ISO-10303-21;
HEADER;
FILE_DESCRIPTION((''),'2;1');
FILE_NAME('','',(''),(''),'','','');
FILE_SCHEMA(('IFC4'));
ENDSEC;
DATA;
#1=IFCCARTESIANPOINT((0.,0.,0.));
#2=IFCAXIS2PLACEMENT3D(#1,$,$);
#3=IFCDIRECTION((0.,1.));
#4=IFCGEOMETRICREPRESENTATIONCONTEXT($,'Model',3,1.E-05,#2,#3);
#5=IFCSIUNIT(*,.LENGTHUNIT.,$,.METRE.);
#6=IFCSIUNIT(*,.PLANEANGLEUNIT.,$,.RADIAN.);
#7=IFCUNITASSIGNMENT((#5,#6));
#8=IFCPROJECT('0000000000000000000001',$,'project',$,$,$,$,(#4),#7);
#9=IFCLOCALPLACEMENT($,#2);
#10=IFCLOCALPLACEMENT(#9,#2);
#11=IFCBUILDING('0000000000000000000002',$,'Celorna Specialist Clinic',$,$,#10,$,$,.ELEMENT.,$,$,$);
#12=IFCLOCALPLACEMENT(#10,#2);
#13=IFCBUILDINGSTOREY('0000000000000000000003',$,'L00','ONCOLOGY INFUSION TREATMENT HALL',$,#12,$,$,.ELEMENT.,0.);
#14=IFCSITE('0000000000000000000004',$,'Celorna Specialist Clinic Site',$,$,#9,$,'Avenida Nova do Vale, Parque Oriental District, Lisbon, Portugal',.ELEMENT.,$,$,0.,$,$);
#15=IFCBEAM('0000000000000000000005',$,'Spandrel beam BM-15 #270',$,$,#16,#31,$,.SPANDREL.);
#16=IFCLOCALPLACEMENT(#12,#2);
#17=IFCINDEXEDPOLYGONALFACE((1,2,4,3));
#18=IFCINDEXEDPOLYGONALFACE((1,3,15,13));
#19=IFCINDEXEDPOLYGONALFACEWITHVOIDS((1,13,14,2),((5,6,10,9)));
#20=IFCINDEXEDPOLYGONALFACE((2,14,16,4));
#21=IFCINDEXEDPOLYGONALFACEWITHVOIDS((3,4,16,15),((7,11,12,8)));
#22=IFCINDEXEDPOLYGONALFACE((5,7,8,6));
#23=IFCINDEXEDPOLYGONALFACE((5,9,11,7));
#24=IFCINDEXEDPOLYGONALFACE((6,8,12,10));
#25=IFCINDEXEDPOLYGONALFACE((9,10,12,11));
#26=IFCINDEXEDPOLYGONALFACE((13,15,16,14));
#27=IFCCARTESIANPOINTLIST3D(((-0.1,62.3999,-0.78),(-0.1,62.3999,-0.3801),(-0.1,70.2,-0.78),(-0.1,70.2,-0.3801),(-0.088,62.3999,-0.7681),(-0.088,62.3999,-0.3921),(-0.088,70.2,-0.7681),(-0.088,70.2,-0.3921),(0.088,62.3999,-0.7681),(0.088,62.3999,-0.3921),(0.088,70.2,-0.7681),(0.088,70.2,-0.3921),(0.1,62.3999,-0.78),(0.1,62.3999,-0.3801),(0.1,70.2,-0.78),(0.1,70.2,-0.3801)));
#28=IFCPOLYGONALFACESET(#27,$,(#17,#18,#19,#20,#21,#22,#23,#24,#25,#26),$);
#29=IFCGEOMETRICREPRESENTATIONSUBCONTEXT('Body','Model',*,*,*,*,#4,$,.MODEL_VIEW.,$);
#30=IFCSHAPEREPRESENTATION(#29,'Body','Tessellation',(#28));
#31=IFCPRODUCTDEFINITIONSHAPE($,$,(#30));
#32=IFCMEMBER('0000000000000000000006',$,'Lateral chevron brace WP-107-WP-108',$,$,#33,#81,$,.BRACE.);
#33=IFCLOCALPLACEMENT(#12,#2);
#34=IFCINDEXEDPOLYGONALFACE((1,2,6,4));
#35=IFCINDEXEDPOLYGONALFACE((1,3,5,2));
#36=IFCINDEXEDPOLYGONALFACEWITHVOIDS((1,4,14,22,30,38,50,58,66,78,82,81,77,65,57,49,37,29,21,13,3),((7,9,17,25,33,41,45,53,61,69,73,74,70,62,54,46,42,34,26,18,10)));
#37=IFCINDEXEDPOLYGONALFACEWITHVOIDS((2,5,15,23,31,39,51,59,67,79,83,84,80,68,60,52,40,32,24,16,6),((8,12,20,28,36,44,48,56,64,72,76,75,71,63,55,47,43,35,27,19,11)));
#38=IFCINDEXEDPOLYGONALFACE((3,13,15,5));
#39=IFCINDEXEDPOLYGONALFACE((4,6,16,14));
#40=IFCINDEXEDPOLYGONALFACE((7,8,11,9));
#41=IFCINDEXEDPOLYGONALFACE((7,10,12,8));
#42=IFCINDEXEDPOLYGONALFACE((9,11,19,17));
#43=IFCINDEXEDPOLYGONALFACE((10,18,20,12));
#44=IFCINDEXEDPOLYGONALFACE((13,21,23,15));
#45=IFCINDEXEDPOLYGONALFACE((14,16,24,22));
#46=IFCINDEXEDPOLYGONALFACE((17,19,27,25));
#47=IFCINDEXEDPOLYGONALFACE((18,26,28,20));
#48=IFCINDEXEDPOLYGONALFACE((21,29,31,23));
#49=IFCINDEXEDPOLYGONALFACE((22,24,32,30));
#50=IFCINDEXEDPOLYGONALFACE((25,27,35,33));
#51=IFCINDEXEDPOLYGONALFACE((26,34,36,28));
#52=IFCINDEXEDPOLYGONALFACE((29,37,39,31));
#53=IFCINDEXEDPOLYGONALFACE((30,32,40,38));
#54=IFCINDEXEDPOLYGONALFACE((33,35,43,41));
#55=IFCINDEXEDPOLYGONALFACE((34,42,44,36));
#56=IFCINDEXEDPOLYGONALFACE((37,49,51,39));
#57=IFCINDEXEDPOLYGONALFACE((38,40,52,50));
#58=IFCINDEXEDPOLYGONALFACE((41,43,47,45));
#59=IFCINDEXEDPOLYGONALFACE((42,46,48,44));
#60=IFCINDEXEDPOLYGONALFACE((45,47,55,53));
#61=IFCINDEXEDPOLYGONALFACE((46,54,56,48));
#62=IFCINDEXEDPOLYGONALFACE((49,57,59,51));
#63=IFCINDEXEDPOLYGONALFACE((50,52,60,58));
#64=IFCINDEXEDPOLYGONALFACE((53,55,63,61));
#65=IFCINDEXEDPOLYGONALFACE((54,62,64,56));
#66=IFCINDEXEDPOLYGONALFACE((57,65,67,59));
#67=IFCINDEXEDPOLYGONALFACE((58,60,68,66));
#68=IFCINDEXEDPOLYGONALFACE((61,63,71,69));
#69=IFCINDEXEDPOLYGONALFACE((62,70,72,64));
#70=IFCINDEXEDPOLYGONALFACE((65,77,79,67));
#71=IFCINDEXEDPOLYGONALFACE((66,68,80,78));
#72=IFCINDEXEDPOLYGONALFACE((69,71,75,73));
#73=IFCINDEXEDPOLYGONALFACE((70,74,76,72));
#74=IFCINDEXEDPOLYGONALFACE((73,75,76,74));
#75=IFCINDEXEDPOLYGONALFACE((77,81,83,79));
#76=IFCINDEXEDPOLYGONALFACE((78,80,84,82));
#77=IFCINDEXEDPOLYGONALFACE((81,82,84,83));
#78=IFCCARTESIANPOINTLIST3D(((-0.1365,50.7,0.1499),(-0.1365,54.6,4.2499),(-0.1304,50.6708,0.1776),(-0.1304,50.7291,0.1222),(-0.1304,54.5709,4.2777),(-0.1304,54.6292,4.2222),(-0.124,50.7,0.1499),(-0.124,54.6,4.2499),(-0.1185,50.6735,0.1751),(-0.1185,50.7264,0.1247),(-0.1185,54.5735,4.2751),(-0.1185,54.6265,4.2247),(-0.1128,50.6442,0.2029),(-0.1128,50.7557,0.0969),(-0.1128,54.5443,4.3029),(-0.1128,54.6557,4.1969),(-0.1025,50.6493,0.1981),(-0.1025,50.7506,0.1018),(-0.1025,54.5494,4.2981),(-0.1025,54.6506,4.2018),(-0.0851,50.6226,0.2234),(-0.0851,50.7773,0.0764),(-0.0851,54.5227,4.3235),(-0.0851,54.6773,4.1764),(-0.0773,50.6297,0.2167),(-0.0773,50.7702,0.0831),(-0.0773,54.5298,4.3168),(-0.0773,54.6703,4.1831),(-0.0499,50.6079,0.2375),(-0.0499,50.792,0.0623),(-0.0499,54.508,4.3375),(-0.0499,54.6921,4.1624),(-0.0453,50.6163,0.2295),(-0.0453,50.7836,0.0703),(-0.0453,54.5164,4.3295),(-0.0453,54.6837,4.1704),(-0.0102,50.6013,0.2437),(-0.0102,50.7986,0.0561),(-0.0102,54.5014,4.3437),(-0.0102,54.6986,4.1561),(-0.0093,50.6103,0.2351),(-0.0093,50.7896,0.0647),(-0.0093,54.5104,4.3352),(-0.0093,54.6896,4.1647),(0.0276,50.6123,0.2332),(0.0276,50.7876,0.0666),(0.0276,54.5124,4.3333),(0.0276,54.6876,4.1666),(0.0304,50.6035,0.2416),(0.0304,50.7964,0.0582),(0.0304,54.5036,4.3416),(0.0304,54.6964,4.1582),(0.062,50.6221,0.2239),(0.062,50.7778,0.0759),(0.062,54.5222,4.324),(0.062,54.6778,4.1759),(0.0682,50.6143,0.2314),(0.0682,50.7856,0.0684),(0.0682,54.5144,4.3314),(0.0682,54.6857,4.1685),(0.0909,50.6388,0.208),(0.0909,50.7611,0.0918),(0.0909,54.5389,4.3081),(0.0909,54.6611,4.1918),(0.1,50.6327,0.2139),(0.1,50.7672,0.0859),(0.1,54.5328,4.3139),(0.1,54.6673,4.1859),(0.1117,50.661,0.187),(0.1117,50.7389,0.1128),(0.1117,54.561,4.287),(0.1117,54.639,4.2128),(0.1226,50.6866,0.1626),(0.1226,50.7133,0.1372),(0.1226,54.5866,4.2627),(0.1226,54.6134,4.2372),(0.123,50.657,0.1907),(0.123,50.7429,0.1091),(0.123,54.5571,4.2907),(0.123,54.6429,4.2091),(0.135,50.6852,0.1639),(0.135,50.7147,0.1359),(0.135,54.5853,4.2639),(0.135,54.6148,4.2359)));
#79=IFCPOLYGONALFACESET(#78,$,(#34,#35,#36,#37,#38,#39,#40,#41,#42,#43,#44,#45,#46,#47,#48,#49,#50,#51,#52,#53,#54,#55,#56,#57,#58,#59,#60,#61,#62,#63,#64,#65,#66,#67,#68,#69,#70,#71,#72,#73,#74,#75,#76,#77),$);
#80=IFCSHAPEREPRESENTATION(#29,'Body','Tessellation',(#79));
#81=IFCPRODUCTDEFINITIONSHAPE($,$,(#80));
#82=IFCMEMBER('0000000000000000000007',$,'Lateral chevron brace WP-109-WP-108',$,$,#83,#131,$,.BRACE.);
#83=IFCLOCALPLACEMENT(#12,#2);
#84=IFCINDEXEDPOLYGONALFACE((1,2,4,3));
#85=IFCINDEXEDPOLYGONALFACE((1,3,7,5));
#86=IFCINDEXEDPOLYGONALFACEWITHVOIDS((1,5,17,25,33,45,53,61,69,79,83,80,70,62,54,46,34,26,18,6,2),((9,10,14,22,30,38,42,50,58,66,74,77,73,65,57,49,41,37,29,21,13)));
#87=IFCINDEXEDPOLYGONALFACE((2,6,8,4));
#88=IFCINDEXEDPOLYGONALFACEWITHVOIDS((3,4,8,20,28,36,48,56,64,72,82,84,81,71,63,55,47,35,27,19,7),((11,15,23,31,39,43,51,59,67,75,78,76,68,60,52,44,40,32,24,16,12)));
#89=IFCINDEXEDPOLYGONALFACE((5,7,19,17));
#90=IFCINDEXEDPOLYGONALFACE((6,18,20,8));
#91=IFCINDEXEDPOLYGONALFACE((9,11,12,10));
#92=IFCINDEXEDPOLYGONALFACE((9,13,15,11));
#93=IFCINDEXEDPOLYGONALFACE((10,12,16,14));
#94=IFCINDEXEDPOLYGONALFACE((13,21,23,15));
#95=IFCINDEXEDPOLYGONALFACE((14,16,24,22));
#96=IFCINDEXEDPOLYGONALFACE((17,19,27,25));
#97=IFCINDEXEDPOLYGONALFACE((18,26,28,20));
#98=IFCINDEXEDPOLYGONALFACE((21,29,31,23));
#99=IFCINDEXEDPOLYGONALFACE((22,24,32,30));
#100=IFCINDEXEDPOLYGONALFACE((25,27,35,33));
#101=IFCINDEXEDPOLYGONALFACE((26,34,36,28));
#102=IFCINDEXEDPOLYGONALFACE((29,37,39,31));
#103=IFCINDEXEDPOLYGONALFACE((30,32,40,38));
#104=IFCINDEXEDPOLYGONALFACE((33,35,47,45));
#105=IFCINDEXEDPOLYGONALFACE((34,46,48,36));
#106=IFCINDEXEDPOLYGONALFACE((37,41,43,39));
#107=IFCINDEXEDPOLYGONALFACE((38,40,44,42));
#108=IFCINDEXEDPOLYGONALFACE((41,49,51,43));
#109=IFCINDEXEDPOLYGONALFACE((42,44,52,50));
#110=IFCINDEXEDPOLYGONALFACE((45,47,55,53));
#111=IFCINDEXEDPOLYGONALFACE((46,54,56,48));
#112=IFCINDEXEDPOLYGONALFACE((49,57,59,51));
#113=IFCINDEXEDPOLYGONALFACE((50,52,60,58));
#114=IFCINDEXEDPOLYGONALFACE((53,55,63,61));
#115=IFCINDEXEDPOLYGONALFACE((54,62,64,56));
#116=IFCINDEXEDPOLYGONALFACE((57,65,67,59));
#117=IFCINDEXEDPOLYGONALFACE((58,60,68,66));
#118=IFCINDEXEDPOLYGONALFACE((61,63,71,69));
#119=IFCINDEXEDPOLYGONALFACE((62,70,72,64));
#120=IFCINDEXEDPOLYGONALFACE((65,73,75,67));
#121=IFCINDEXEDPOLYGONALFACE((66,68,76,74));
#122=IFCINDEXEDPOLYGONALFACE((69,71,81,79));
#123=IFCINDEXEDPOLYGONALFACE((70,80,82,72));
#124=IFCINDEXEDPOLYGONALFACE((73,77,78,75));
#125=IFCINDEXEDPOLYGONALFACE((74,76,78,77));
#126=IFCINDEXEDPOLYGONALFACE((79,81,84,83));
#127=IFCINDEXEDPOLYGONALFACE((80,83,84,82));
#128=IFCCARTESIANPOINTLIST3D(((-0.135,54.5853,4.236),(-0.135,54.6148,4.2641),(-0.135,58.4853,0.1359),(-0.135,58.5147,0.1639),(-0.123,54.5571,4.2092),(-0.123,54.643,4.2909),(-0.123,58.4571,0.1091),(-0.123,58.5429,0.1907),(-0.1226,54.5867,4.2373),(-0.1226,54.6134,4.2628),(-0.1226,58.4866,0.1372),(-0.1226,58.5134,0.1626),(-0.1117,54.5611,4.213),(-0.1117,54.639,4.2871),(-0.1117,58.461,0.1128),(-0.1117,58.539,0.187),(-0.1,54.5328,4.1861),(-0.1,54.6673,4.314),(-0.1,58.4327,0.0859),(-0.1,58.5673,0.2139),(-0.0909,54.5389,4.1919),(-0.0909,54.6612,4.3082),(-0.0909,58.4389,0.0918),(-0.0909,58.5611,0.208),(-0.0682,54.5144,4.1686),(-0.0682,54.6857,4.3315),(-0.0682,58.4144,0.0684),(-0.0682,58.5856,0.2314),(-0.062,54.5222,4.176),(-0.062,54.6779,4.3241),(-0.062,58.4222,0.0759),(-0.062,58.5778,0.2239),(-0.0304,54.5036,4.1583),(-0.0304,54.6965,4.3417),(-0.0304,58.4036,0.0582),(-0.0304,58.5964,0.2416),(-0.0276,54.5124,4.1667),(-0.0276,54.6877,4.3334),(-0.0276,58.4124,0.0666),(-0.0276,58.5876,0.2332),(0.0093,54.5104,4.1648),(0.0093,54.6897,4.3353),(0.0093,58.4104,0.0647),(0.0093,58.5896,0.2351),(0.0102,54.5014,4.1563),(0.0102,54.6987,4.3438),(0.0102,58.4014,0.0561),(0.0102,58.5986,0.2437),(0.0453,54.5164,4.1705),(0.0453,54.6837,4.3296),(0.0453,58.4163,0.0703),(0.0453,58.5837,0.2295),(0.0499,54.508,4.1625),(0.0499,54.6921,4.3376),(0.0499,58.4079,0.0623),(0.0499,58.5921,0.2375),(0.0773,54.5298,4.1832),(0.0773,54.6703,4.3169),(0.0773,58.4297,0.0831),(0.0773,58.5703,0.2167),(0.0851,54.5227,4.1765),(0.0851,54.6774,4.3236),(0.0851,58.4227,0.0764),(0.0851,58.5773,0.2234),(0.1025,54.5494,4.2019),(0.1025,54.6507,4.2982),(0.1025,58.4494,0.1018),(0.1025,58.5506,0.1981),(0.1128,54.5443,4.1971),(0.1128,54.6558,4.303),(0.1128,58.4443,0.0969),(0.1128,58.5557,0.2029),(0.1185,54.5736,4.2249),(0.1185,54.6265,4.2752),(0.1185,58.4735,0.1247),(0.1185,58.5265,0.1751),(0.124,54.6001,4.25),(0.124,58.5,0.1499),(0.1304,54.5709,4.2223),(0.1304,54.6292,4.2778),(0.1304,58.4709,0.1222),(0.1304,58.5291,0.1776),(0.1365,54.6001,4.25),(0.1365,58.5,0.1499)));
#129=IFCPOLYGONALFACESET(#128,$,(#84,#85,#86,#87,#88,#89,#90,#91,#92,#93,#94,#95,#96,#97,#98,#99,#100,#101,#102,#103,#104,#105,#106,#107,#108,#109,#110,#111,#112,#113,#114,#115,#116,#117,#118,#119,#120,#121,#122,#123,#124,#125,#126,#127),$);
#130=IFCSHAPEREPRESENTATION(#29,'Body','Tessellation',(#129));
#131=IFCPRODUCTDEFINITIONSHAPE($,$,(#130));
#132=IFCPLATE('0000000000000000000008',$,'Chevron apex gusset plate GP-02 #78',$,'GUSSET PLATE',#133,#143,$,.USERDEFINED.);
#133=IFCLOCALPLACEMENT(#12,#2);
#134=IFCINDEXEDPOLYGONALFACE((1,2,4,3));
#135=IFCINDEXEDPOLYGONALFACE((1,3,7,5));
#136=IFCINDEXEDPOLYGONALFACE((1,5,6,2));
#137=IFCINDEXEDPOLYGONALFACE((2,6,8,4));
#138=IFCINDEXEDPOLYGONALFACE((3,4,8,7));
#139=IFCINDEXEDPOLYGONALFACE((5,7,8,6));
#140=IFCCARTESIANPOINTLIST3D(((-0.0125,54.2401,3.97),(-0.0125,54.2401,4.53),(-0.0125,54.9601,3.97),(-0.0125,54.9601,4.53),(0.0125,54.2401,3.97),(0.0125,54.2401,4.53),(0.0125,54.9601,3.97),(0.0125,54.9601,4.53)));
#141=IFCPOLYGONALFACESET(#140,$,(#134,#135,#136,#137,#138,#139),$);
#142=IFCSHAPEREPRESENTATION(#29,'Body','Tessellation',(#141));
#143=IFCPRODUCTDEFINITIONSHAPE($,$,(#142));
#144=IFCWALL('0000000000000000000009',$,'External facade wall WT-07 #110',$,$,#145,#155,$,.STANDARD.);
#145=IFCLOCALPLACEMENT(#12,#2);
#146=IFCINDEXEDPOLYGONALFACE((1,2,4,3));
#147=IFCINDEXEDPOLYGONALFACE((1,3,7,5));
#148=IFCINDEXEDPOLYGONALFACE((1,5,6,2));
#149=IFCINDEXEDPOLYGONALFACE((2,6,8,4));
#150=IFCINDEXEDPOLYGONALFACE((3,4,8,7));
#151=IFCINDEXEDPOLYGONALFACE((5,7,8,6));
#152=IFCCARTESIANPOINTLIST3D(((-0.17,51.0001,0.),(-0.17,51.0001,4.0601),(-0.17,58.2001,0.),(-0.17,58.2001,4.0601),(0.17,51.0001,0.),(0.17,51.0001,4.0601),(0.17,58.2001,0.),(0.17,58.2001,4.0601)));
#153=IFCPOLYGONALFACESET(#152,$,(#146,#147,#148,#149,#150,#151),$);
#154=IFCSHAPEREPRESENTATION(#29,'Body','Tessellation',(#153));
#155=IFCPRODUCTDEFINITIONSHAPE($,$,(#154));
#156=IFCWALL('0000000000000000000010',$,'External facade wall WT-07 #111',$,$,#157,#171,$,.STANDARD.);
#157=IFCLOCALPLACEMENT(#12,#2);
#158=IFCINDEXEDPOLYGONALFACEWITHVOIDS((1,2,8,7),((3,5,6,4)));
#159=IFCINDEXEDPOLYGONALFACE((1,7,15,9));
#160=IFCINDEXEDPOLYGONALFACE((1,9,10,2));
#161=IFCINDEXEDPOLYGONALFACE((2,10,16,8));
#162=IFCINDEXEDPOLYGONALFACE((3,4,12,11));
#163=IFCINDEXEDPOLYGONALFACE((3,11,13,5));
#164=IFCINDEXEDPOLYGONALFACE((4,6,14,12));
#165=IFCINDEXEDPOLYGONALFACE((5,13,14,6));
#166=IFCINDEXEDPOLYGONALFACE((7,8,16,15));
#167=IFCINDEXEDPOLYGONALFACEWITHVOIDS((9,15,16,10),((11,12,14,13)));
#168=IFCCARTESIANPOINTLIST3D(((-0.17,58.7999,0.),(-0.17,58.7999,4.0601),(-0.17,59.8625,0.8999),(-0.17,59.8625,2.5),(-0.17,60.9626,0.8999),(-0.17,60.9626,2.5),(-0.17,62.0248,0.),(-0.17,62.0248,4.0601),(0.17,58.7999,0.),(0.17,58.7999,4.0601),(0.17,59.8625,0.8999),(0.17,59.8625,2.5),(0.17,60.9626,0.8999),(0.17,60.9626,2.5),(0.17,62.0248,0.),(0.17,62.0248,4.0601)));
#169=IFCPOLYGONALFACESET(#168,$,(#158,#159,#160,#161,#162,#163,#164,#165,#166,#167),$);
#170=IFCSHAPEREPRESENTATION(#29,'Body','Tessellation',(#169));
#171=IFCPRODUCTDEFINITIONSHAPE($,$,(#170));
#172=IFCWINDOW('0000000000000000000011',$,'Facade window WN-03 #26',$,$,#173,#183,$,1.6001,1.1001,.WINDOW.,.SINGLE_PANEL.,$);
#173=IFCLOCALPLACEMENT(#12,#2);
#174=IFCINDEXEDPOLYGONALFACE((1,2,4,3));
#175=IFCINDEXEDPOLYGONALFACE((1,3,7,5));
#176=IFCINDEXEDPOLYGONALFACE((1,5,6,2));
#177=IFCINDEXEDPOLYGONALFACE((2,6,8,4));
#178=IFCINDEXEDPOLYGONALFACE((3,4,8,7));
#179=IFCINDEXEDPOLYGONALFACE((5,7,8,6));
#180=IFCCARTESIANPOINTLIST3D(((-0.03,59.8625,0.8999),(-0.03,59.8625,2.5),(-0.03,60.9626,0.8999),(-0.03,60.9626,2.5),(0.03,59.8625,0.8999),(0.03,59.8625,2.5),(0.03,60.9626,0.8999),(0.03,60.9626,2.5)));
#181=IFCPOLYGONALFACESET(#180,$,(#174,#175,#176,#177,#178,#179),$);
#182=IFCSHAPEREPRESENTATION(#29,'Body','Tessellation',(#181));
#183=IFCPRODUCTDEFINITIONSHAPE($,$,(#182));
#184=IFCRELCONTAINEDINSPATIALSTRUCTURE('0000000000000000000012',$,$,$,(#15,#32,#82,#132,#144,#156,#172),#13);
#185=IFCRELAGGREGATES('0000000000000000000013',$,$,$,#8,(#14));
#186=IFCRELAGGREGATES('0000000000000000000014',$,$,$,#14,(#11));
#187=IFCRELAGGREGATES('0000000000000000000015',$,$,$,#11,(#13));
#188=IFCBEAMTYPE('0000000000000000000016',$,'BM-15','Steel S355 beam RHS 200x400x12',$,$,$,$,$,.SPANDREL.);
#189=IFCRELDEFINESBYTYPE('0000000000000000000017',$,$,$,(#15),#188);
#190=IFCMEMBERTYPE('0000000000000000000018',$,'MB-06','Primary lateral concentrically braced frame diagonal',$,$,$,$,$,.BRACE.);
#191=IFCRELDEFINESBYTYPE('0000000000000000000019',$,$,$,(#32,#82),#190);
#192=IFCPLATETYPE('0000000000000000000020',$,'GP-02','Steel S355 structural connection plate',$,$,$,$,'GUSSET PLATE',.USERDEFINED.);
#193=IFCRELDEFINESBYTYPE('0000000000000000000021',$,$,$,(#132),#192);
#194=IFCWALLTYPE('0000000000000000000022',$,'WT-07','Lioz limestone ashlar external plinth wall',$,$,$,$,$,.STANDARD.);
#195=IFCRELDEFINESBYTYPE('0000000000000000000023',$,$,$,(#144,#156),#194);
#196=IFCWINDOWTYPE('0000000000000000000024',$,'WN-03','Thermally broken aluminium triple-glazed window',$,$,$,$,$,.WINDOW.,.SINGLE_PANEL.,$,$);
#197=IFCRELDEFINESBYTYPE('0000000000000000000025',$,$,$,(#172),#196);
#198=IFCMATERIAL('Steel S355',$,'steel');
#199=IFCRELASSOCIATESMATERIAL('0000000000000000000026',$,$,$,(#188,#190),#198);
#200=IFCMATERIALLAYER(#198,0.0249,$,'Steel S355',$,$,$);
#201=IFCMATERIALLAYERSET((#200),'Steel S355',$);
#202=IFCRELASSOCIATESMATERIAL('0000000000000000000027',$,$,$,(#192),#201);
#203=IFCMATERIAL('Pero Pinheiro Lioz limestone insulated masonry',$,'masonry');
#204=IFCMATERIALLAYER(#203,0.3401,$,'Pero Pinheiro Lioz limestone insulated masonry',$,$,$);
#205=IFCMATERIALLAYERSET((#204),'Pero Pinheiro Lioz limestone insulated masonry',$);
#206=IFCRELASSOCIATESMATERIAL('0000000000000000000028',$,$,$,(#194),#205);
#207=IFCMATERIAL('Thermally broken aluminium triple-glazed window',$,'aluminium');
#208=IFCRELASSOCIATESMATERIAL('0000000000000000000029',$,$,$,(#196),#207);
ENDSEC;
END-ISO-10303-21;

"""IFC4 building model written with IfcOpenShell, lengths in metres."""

from ifc_helpers import new_model, si_unit, direction, frame, frame_2d, origin, origin_2d, place, context, subcontext, project, spatial, rectangle, hollow_rectangle, hollow_circle, extrude, material, layer, layer_set, material_profile, profile_set, type_object, element, fill, save


model = new_model("IFC4")

# Units and contexts
model_context = context("Model", 3, precision=1e-05, world=origin(), true_north=direction((0.0, 1.0)))
body_context = subcontext(model_context, "Body", "Model", "MODEL_VIEW")
ifc_project = project(units=[si_unit("LENGTHUNIT", "METRE"), si_unit("PLANEANGLEUNIT", "RADIAN")], contexts=[model_context])

# Site, building, storey
site_placement = place(None, origin())
site = spatial("IfcSite", under=ifc_project, at=site_placement, Name="Celorna Specialist Clinic Site", LongName="Avenida Nova do Vale, Parque Oriental District, Lisbon, Portugal", CompositionType="ELEMENT", RefElevation=0.0)
building_placement = place(site_placement, origin())
building = spatial("IfcBuilding", under=site, at=building_placement, Name="Celorna Specialist Clinic", CompositionType="ELEMENT")
storey_placement = place(building_placement, origin())
storey = spatial("IfcBuildingStorey", under=building, at=storey_placement, Name="L00", Description="ONCOLOGY INFUSION TREATMENT HALL", CompositionType="ELEMENT", Elevation=0.0)

# Beam
ifc_material_1 = material(Name="Steel S355", Category="steel")
ifc_material_profile_1 = material_profile(ifc_material_1, hollow_rectangle(XDim=0.2, YDim=0.3999, WallThickness=0.012, at=origin_2d()), Name="RHS 200x400x12")
ifc_profile_set_1 = profile_set([ifc_material_profile_1], Name="Steel S355")
beam_type_1 = type_object("IfcBeamType", Name="BM-15", Description="Steel S355 beam RHS 200x400x12", PredefinedType="SPANDREL", material=ifc_profile_set_1)
beam_1_placement = place(storey_placement, frame((0.0, 62.3999, -0.5801), z_axis=(0.0, 1.0, 0.0), x_axis=(-1.0, 0.0, 0.0)))
element("IfcBeam", 1, at=beam_1_placement, inside=storey, type_object=beam_type_1, Name="Spandrel beam BM-15 #270", PredefinedType="SPANDREL", context=body_context, shape_type="SweptSolid", body=[
    extrude(hollow_rectangle(XDim=0.2, YDim=0.3999, WallThickness=0.012, at=origin_2d()), origin(), (0.0, 0.0, 1.0), 7.8),
])

# Members
ifc_material_profile_2 = material_profile(ifc_material_1, hollow_circle(Radius=0.1365, WallThickness=0.0125, at=origin_2d()), Name="CHS 273x12.5")
ifc_profile_set_2 = profile_set([ifc_material_profile_2], Name="Steel S355")
member_type = type_object("IfcMemberType", Name="MB-06", Description="Primary lateral concentrically braced frame diagonal", PredefinedType="BRACE", material=ifc_profile_set_2)
for number, where, z_axis, x_axis, name in (
    (2, (0.0, 50.7, 0.1499), (0.0, 0.689219, 0.724553), (-1.0, 0.0, 0.0), "Lateral chevron brace WP-107-WP-108"),
    (3, (0.0, 58.5, 0.1499), (0.0, -0.689196, 0.724575), (1.0, 0.0, 0.0), "Lateral chevron brace WP-109-WP-108"),
):
    element("IfcMember", number, at=place(storey_placement, frame(where, z_axis=z_axis, x_axis=x_axis)), inside=storey, type_object=member_type, Name=name, PredefinedType="BRACE", context=body_context, shape_type="SweptSolid", body=[
        extrude(hollow_circle(Radius=0.1365, WallThickness=0.0125, at=origin_2d()), origin(), (0.0, 0.0, 1.0), 5.6587),
    ])

# Plate
ifc_layer_1 = layer(ifc_material_1, 0.0249, Name="Steel S355")
ifc_layer_set_1 = layer_set([ifc_layer_1], Name="Steel S355")
plate_type = type_object("IfcPlateType", Name="GP-02", Description="Steel S355 structural connection plate", ElementType="GUSSET PLATE", PredefinedType="USERDEFINED", material=ifc_layer_set_1)
plate_placement = place(storey_placement, frame((0.0, 54.6001, 3.97), z_axis=(0.0, 0.0, 1.0), x_axis=(0.0, 1.0, 0.0)))
element("IfcPlate", 4, at=plate_placement, inside=storey, type_object=plate_type, Name="Chevron apex gusset plate GP-02 #78", ObjectType="GUSSET PLATE", PredefinedType="USERDEFINED", context=body_context, shape_type="SweptSolid", body=[
    extrude(rectangle(XDim=0.72, YDim=0.0249, at=origin_2d()), origin(), (0.0, 0.0, 1.0), 0.5601),
])

# Wall
ifc_material_2 = material(Name="Pero Pinheiro Lioz limestone insulated masonry", Category="masonry")
ifc_layer_2 = layer(ifc_material_2, 0.3401, Name="Pero Pinheiro Lioz limestone insulated masonry")
ifc_layer_set_2 = layer_set([ifc_layer_2], Name="Pero Pinheiro Lioz limestone insulated masonry")
wall_type_1 = type_object("IfcWallType", Name="WT-07", Description="Lioz limestone ashlar external plinth wall", PredefinedType="STANDARD", material=ifc_layer_set_2)
wall_1_placement = place(storey_placement, frame((0.0, 51.0, 0.0), z_axis=(0.0, 0.0, 1.0), x_axis=(0.0, 1.0, 0.0)))
element("IfcWall", 5, at=wall_1_placement, inside=storey, type_object=wall_type_1, Name="External facade wall WT-07 #110", PredefinedType="STANDARD", context=body_context, shape_type="SweptSolid", body=[
    extrude(rectangle(XDim=7.2, YDim=0.3401, at=frame_2d((3.6001, 0.0))), origin(), (0.0, 0.0, 1.0), 4.0601),
])

# Wall, opening, window
wall_2_placement = place(storey_placement, frame((0.0, 58.8, 0.0), z_axis=(0.0, 0.0, 1.0), x_axis=(0.0, 1.0, 0.0)))
wall_2 = element("IfcWall", 6, at=wall_2_placement, inside=storey, type_object=wall_type_1, Name="External facade wall WT-07 #111", PredefinedType="STANDARD", context=body_context, shape_type="SweptSolid", body=[
    extrude(rectangle(XDim=3.2249, YDim=0.3401, at=frame_2d((1.6123, 0.0))), origin(), (0.0, 0.0, 1.0), 4.0601),
])
opening_1_placement = place(wall_2_placement, frame((1.0625, 0.0, 0.8999)))
opening_1 = element("IfcOpeningElement", 7, at=opening_1_placement, cuts=wall_2, PredefinedType="OPENING", context=body_context, shape_type="SweptSolid", body=[
    extrude(rectangle(XDim=1.1001, YDim=1.6001, at=frame_2d((0.55, 0.8))), frame((0.0, 0.1799, 0.0), z_axis=(0.0, -1.0, 0.0), x_axis=(1.0, 0.0, 0.0)), (0.0, 0.0, 1.0), 0.3601),
])
ifc_material_3 = material(Name="Thermally broken aluminium triple-glazed window", Category="aluminium")
window_type_1 = type_object("IfcWindowType", Name="WN-03", Description="Thermally broken aluminium triple-glazed window", PartitioningType="SINGLE_PANEL", PredefinedType="WINDOW", material=ifc_material_3)
window_1_placement = place(opening_1_placement, origin())
window_1 = element("IfcWindow", 8, at=window_1_placement, inside=storey, type_object=window_type_1, Name="Facade window WN-03 #26", OverallHeight=1.6001, OverallWidth=1.1001, PartitioningType="SINGLE_PANEL", PredefinedType="WINDOW", context=body_context, shape_type="SweptSolid", body=[
    extrude(rectangle(XDim=1.1001, YDim=1.6001, at=frame_2d((0.55, 0.8))), frame((0.0, 0.03, 0.0), z_axis=(0.0, -1.0, 0.0), x_axis=(1.0, 0.0, 0.0)), (0.0, 0.0, 1.0), 0.0601),
])
fill(opening_1, window_1)

save(model, "model.ifc")
